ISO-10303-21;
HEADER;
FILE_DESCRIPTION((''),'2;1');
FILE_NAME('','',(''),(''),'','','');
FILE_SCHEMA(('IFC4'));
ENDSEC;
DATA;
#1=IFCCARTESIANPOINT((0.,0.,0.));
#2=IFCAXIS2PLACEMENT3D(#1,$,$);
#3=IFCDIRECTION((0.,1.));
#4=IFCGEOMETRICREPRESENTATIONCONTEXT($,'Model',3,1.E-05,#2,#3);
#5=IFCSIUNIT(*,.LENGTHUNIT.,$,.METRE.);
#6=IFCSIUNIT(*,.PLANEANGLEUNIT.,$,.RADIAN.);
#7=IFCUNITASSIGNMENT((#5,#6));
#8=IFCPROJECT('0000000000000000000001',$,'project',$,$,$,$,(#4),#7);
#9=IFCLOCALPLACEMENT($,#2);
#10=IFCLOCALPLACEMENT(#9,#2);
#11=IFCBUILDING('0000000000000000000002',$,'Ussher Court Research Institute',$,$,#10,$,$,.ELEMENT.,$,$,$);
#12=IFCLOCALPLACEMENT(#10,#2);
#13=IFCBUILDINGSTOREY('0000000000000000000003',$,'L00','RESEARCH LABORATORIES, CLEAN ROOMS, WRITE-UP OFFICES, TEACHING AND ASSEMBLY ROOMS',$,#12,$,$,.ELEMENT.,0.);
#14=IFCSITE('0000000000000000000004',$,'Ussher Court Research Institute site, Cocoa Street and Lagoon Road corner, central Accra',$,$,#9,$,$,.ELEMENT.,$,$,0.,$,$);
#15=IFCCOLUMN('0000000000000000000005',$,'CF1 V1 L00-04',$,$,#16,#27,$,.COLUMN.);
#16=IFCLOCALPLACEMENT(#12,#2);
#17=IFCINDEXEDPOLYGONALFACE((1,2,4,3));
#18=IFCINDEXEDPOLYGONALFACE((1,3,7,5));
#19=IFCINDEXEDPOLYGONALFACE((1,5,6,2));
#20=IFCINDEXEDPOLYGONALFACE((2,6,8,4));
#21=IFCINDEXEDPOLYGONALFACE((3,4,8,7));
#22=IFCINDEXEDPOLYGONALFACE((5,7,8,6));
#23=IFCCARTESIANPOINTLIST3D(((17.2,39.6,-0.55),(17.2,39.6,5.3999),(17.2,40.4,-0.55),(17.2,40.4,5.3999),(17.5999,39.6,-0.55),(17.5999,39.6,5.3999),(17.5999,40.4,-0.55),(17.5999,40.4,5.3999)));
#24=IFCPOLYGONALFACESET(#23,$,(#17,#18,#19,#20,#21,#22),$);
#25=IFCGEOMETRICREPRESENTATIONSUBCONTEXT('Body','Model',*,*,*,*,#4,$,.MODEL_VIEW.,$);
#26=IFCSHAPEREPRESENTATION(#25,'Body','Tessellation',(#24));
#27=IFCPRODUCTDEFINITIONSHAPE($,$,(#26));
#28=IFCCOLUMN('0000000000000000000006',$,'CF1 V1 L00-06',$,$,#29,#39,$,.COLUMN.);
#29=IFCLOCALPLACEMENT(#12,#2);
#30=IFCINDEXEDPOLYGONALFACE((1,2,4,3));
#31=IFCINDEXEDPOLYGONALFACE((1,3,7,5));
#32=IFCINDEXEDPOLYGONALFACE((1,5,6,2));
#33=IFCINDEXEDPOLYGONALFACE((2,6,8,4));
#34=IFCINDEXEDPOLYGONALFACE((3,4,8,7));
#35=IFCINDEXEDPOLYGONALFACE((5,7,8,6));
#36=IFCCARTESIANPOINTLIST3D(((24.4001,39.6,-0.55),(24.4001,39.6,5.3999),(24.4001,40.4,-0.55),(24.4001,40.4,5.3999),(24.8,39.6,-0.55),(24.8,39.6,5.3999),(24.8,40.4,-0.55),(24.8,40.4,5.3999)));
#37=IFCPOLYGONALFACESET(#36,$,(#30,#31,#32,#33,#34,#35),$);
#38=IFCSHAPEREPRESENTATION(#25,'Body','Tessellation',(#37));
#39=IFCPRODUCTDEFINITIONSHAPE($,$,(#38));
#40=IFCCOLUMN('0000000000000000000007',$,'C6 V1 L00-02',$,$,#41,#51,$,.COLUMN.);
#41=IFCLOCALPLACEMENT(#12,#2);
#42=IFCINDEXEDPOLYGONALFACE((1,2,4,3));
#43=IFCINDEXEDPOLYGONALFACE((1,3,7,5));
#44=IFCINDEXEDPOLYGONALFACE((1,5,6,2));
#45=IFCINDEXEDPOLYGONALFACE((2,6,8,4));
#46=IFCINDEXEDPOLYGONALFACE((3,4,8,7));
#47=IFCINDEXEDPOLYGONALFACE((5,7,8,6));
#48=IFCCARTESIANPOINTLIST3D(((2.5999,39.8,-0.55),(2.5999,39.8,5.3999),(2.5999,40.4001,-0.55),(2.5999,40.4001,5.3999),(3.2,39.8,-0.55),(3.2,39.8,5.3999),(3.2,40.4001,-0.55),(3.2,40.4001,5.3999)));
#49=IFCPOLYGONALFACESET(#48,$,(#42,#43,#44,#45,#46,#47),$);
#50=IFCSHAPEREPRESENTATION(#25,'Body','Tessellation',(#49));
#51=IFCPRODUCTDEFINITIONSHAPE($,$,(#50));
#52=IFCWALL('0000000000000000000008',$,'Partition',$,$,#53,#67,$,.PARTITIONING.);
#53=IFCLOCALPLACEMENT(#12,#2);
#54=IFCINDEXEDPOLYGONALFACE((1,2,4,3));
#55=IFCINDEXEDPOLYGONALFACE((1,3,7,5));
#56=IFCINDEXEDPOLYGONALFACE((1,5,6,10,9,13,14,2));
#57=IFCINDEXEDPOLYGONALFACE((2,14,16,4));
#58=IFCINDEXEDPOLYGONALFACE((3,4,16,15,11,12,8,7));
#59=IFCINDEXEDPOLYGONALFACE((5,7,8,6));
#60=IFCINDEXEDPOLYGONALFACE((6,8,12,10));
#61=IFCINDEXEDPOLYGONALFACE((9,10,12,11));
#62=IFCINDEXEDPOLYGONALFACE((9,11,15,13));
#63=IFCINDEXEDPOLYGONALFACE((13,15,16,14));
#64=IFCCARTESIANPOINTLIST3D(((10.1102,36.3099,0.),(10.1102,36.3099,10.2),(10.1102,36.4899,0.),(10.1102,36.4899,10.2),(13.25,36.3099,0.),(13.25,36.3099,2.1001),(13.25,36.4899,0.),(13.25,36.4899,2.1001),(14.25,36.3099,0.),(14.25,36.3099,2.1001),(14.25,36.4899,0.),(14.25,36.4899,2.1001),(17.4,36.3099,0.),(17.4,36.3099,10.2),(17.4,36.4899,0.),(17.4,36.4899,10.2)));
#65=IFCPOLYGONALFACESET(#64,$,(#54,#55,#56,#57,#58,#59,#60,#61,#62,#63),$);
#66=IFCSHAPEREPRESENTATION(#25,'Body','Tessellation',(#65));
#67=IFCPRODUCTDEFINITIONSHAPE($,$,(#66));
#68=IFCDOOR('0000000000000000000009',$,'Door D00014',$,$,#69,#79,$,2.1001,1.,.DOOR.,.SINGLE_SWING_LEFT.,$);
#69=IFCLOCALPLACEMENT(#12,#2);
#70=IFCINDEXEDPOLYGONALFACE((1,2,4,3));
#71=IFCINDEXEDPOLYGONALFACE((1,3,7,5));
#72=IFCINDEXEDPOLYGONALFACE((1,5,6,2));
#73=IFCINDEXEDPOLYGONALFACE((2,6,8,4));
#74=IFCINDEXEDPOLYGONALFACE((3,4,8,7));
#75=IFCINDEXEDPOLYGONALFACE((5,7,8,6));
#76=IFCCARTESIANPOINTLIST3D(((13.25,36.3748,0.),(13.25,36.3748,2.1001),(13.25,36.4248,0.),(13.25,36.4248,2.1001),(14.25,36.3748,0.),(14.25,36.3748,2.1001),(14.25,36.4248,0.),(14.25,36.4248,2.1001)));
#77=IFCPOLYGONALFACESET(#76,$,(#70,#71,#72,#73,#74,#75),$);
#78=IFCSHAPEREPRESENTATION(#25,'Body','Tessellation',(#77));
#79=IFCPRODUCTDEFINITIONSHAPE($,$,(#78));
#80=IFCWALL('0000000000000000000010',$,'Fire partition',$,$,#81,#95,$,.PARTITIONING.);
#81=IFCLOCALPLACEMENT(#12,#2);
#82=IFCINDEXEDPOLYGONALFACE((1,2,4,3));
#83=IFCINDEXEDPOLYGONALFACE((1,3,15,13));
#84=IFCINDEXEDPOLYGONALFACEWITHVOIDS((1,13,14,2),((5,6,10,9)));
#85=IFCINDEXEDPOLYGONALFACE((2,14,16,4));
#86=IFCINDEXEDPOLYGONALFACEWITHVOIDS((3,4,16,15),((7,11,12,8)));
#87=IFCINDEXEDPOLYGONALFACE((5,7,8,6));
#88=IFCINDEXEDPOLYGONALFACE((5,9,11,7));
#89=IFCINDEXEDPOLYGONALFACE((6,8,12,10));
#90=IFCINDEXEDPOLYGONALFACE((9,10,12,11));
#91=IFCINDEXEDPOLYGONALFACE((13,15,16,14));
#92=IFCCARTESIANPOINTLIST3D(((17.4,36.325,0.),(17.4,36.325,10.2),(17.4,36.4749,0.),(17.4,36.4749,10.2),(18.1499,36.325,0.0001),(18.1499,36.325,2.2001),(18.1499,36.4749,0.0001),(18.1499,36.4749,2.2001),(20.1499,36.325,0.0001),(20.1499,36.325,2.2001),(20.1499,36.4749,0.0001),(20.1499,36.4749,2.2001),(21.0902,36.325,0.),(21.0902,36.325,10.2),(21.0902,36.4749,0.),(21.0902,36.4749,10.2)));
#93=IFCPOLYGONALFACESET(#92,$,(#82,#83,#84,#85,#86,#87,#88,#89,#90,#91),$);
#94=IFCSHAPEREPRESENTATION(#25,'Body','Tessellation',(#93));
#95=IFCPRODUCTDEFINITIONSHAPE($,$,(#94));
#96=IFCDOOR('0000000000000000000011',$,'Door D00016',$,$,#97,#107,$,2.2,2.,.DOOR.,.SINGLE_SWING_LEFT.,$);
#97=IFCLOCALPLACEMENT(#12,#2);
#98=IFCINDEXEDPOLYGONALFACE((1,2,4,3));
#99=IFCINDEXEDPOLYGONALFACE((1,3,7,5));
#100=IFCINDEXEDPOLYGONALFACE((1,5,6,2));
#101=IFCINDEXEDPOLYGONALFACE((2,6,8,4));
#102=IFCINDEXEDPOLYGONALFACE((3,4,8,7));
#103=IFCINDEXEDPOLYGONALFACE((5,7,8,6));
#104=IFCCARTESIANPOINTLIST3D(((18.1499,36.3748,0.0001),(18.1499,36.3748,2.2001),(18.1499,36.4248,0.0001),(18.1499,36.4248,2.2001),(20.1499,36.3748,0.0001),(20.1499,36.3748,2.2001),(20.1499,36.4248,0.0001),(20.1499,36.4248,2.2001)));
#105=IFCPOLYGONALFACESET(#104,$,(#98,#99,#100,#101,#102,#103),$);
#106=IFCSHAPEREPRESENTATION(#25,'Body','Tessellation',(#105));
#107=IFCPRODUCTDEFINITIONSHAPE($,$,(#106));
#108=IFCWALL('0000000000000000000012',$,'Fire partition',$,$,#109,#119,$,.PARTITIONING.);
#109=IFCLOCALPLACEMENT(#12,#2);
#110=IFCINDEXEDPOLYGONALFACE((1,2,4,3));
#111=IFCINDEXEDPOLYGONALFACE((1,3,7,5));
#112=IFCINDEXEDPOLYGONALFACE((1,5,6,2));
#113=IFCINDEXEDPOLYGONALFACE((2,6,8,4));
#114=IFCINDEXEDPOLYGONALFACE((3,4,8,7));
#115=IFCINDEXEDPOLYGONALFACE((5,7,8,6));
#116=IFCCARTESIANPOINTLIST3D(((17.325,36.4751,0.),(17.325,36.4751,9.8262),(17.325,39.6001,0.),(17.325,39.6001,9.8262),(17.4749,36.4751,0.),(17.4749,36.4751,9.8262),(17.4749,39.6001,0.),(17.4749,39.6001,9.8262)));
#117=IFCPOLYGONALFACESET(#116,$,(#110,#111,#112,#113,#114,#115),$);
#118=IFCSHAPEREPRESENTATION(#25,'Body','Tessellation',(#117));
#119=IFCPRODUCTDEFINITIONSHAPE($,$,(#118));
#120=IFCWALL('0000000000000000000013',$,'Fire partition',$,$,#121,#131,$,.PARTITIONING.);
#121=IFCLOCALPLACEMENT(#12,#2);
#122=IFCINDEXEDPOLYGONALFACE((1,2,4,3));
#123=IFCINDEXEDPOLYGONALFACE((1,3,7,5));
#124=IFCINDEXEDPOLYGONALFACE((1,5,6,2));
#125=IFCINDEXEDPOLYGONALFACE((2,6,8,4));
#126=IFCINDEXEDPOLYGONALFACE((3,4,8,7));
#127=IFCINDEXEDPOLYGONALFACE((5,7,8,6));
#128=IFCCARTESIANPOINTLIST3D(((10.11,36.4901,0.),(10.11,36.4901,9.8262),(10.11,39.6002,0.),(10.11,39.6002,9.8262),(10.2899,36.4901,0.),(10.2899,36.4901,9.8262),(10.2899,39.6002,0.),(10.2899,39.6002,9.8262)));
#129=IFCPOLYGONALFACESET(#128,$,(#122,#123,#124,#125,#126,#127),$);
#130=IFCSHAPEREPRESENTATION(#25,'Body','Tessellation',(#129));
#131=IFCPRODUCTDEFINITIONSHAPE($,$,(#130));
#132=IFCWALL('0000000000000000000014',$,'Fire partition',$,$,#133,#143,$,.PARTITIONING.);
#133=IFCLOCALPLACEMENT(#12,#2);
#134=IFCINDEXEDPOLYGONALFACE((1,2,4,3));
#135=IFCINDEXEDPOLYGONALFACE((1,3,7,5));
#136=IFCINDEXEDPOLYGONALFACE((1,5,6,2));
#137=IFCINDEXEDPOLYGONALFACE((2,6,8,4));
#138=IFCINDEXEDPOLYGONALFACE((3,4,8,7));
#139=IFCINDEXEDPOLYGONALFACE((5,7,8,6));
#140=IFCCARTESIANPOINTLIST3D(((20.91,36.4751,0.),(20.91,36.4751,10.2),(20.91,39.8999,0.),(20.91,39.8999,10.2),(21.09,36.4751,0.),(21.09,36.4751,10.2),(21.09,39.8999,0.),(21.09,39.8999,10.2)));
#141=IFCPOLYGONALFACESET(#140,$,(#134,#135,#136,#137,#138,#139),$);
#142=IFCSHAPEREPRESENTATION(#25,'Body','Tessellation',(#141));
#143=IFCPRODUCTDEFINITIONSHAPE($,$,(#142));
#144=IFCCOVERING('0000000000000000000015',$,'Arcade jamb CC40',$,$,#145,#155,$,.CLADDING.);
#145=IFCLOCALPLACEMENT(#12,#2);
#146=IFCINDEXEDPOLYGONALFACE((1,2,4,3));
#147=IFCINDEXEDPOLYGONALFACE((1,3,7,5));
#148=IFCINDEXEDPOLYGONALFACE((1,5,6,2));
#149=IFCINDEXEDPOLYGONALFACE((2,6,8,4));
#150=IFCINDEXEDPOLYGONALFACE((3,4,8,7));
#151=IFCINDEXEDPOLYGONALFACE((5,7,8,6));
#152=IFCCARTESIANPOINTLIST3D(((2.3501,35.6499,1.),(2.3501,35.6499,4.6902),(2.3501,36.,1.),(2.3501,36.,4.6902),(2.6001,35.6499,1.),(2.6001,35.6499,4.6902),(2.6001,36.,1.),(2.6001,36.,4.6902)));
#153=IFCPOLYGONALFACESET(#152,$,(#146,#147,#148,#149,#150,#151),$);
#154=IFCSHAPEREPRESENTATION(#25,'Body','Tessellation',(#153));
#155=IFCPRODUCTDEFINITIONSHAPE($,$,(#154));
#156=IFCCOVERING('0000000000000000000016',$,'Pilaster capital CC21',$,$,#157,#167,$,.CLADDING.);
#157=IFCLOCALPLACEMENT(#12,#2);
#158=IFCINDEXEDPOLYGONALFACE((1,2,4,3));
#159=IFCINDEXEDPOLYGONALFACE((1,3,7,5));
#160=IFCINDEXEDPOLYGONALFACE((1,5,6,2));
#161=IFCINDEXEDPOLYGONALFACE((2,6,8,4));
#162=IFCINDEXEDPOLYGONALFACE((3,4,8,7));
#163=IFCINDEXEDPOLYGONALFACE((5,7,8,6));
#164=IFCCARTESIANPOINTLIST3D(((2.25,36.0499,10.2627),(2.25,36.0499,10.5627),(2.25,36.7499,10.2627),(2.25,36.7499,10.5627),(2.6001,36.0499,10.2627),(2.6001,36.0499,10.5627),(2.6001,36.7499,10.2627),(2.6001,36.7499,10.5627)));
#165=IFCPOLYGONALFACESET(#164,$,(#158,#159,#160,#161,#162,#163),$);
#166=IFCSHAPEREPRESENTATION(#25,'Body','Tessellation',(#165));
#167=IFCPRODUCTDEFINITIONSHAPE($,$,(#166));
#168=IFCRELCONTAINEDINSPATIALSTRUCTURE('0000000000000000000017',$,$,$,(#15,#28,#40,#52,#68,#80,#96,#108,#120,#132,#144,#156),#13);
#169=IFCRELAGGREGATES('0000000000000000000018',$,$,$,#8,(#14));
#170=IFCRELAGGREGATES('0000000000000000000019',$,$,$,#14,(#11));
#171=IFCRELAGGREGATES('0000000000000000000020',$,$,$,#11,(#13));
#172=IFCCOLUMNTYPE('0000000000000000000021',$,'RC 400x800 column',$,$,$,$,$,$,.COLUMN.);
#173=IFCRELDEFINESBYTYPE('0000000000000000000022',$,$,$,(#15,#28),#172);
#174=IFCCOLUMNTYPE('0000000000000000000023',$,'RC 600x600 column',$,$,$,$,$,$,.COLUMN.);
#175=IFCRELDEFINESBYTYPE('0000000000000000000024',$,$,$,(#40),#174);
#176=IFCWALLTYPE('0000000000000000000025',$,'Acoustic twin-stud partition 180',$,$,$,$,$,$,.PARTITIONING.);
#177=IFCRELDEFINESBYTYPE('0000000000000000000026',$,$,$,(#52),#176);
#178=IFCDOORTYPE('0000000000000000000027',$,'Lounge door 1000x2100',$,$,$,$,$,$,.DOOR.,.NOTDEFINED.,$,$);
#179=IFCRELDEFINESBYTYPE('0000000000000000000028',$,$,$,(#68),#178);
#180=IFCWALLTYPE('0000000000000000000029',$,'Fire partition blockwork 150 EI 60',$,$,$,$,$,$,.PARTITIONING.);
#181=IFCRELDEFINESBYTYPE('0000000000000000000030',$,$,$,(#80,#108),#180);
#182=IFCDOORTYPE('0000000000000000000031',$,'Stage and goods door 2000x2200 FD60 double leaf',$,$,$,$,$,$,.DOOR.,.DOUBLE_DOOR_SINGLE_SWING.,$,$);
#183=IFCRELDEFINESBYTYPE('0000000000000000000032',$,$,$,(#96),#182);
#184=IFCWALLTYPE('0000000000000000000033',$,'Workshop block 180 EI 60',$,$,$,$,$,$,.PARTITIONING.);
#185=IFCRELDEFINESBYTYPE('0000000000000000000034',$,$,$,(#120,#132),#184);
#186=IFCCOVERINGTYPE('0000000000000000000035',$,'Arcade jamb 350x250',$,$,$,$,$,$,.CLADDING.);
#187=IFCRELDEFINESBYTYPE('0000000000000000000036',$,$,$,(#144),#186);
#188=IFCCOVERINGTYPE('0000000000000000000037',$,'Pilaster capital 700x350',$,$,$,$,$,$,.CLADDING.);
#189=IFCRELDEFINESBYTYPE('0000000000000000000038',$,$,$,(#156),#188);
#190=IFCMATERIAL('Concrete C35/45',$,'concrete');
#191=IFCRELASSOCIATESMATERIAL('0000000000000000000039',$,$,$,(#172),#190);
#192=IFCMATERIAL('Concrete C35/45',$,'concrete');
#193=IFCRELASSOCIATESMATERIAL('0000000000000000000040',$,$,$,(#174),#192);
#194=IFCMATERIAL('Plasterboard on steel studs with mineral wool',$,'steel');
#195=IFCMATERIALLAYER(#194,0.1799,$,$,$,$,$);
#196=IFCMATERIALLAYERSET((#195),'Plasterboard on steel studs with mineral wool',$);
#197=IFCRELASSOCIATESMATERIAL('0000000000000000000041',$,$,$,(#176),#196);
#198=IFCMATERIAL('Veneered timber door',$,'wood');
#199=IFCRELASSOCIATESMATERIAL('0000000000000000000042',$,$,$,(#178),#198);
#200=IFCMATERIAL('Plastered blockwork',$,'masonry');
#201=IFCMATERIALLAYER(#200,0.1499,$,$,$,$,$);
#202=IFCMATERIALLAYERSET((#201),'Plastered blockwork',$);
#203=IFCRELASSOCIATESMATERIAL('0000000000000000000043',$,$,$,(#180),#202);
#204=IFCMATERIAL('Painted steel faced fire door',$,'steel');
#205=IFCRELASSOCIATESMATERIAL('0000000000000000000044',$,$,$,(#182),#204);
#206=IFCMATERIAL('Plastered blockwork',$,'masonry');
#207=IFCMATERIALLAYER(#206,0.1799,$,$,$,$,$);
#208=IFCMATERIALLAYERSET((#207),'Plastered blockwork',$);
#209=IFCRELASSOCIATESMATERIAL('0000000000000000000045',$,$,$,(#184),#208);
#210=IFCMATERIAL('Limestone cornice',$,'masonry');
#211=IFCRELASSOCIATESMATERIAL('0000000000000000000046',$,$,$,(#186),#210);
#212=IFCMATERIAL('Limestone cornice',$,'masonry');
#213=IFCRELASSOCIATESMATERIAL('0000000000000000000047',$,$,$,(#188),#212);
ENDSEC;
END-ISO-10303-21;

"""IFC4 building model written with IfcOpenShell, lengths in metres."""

from ifc_helpers import new_model, si_unit, direction, frame, frame_2d, origin, origin_2d, place, context, subcontext, project, spatial, rectangle, extrude, material, layer, layer_set, material_profile, profile_set, type_object, element, fill, save


model = new_model("IFC4")

# Units and contexts
model_context = context("Model", 3, precision=1e-05, world=origin(), true_north=direction((0.0, 1.0)))
body_context = subcontext(model_context, "Body", "Model", "MODEL_VIEW")
ifc_project = project(units=[si_unit("LENGTHUNIT", "METRE"), si_unit("PLANEANGLEUNIT", "RADIAN")], contexts=[model_context])

# Site, building, storey
site_placement = place(None, origin())
site = spatial("IfcSite", under=ifc_project, at=site_placement, Name="Ussher Court Research Institute site, Cocoa Street and Lagoon Road corner, central Accra", CompositionType="ELEMENT", RefElevation=0.0)
building_placement = place(site_placement, origin())
building = spatial("IfcBuilding", under=site, at=building_placement, Name="Ussher Court Research Institute", CompositionType="ELEMENT")
storey_placement = place(building_placement, origin())
storey = spatial("IfcBuildingStorey", under=building, at=storey_placement, Name="L00", Description="RESEARCH LABORATORIES, CLEAN ROOMS, WRITE-UP OFFICES, TEACHING AND ASSEMBLY ROOMS", CompositionType="ELEMENT", Elevation=0.0)

# Columns
ifc_material_1 = material(Name="Concrete C35/45", Category="concrete")
ifc_material_profile_1 = material_profile(ifc_material_1, rectangle(XDim=0.3999, YDim=0.8, at=origin_2d()), Name="RC 400x800")
ifc_profile_set_1 = profile_set([ifc_material_profile_1], Name="Concrete C35/45")
column_type_1 = type_object("IfcColumnType", Name="RC 400x800 column", PredefinedType="COLUMN", material=ifc_profile_set_1)
for number, where, z_axis, x_axis, name in (
    (1, (17.3999, 40.0, -0.55), (0.0, 0.0, 1.0), (1.0, 0.0, 0.0), "CF1 V1 L00-04"),
    (2, (24.6001, 40.0, -0.55), (0.0, 0.0, 1.0), (1.0, 0.0, 0.0), "CF1 V1 L00-06"),
):
    element("IfcColumn", number, at=place(storey_placement, frame(where, z_axis=z_axis, x_axis=x_axis)), inside=storey, type_object=column_type_1, Name=name, PredefinedType="COLUMN", context=body_context, shape_type="SweptSolid", body=[
        extrude(rectangle(XDim=0.3999, YDim=0.8, at=origin_2d()), origin(), (0.0, 0.0, 1.0), 5.95),
    ])
ifc_material_2 = material(Name="Concrete C35/45", Category="concrete")
ifc_material_profile_2 = material_profile(ifc_material_2, rectangle(XDim=0.6001, YDim=0.6001, at=origin_2d()), Name="RC 600x600")
ifc_profile_set_2 = profile_set([ifc_material_profile_2], Name="Concrete C35/45")
column_type_2 = type_object("IfcColumnType", Name="RC 600x600 column", PredefinedType="COLUMN", material=ifc_profile_set_2)
column_placement = place(storey_placement, frame((2.8999, 40.1001, -0.55), z_axis=(0.0, 0.0, 1.0), x_axis=(1.0, 0.0, 0.0)))
element("IfcColumn", 3, at=column_placement, inside=storey, type_object=column_type_2, Name="C6 V1 L00-02", PredefinedType="COLUMN", context=body_context, shape_type="SweptSolid", body=[
    extrude(rectangle(XDim=0.6001, YDim=0.6001, at=origin_2d()), origin(), (0.0, 0.0, 1.0), 5.95),
])

# Walls, openings, doors
ifc_material_3 = material(Name="Plasterboard on steel studs with mineral wool", Category="steel")
ifc_layer_1 = layer(ifc_material_3, 0.1799)
ifc_layer_set_1 = layer_set([ifc_layer_1], Name="Plasterboard on steel studs with mineral wool")
wall_type_1 = type_object("IfcWallType", Name="Acoustic twin-stud partition 180", PredefinedType="PARTITIONING", material=ifc_layer_set_1)
wall_1_placement = place(storey_placement, frame((10.1101, 36.3999, 0.0), z_axis=(0.0, 0.0, 1.0), x_axis=(1.0, 0.0, 0.0)))
wall_1 = element("IfcWall", 4, at=wall_1_placement, inside=storey, type_object=wall_type_1, Name="Partition", PredefinedType="PARTITIONING", context=body_context, shape_type="SweptSolid", body=[
    extrude(rectangle(XDim=7.2898, YDim=0.1799, at=frame_2d((3.645, 0.0))), origin(), (0.0, 0.0, 1.0), 10.2),
])
opening_1_placement = place(wall_1_placement, frame((3.1399, 0.0, 0.0)))
opening_1 = element("IfcOpeningElement", 5, at=opening_1_placement, cuts=wall_1, PredefinedType="OPENING", context=body_context, shape_type="SweptSolid", body=[
    extrude(rectangle(XDim=1.0, YDim=2.1001, at=frame_2d((0.5, 1.05))), frame((0.0, 0.1001, 0.0), z_axis=(0.0, -1.0, 0.0), x_axis=(1.0, 0.0, 0.0)), (0.0, 0.0, 1.0), 0.2),
])
ifc_material_4 = material(Name="Veneered timber door", Category="wood")
door_type_1 = type_object("IfcDoorType", Name="Lounge door 1000x2100", OperationType="NOTDEFINED", PredefinedType="DOOR", material=ifc_material_4)
door_1_placement = place(opening_1_placement, origin())
door_1 = element("IfcDoor", 6, at=door_1_placement, inside=storey, type_object=door_type_1, Name="Door D00014", OperationType="SINGLE_SWING_LEFT", OverallHeight=2.1001, OverallWidth=1.0, PredefinedType="DOOR", context=body_context, shape_type="SweptSolid", body=[
    extrude(rectangle(XDim=1.0, YDim=2.1001, at=frame_2d((0.5, 1.05))), frame((0.0, 0.0249, 0.0), z_axis=(0.0, -1.0, 0.0), x_axis=(1.0, 0.0, 0.0)), (0.0, 0.0, 1.0), 0.05),
])
fill(opening_1, door_1)
ifc_material_5 = material(Name="Plastered blockwork", Category="masonry")
ifc_layer_2 = layer(ifc_material_5, 0.1499)
ifc_layer_set_2 = layer_set([ifc_layer_2], Name="Plastered blockwork")
wall_type_2 = type_object("IfcWallType", Name="Fire partition blockwork 150 EI 60", PredefinedType="PARTITIONING", material=ifc_layer_set_2)
wall_2_placement = place(storey_placement, frame((17.3999, 36.3999, 0.0), z_axis=(0.0, 0.0, 1.0), x_axis=(1.0, 0.0, 0.0)))
wall_2 = element("IfcWall", 7, at=wall_2_placement, inside=storey, type_object=wall_type_2, Name="Fire partition", PredefinedType="PARTITIONING", context=body_context, shape_type="SweptSolid", body=[
    extrude(rectangle(XDim=3.6902, YDim=0.1499, at=frame_2d((1.8452, 0.0))), origin(), (0.0, 0.0, 1.0), 10.2),
])
opening_2_placement = place(wall_2_placement, frame((0.75, 0.0, 0.0)))
opening_2 = element("IfcOpeningElement", 8, at=opening_2_placement, cuts=wall_2, PredefinedType="OPENING", context=body_context, shape_type="SweptSolid", body=[
    extrude(rectangle(XDim=2.0, YDim=2.2, at=frame_2d((1.0, 1.1001))), frame((0.0, 0.085, 0.0), z_axis=(0.0, -1.0, 0.0), x_axis=(1.0, 0.0, 0.0)), (0.0, 0.0, 1.0), 0.1699),
])
ifc_material_6 = material(Name="Painted steel faced fire door", Category="steel")
door_type_2 = type_object("IfcDoorType", Name="Stage and goods door 2000x2200 FD60 double leaf", OperationType="DOUBLE_DOOR_SINGLE_SWING", PredefinedType="DOOR", material=ifc_material_6)
door_2_placement = place(opening_2_placement, origin())
door_2 = element("IfcDoor", 9, at=door_2_placement, inside=storey, type_object=door_type_2, Name="Door D00016", OperationType="SINGLE_SWING_LEFT", OverallHeight=2.2, OverallWidth=2.0, PredefinedType="DOOR", context=body_context, shape_type="SweptSolid", body=[
    extrude(rectangle(XDim=2.0, YDim=2.2, at=frame_2d((1.0, 1.1001))), frame((0.0, 0.0249, 0.0), z_axis=(0.0, -1.0, 0.0), x_axis=(1.0, 0.0, 0.0)), (0.0, 0.0, 1.0), 0.05),
])
fill(opening_2, door_2)

# Walls
wall_3_placement = place(storey_placement, frame((17.3999, 36.4751, 0.0), z_axis=(0.0, 0.0, 1.0), x_axis=(0.0, 1.0, 0.0)))
element("IfcWall", 10, at=wall_3_placement, inside=storey, type_object=wall_type_2, Name="Fire partition", PredefinedType="PARTITIONING", context=body_context, shape_type="SweptSolid", body=[
    extrude(rectangle(XDim=3.125, YDim=0.1499, at=frame_2d((1.5625, 0.0))), origin(), (0.0, 0.0, 1.0), 9.8262),
])
ifc_material_7 = material(Name="Plastered blockwork", Category="masonry")
ifc_layer_3 = layer(ifc_material_7, 0.1799)
ifc_layer_set_3 = layer_set([ifc_layer_3], Name="Plastered blockwork")
wall_type_3 = type_object("IfcWallType", Name="Workshop block 180 EI 60", PredefinedType="PARTITIONING", material=ifc_layer_set_3)
wall_4_placement = place(storey_placement, frame((10.2, 36.49, 0.0), z_axis=(0.0, 0.0, 1.0), x_axis=(0.0, 1.0, 0.0)))
element("IfcWall", 11, at=wall_4_placement, inside=storey, type_object=wall_type_3, Name="Fire partition", PredefinedType="PARTITIONING", context=body_context, shape_type="SweptSolid", body=[
    extrude(rectangle(XDim=3.1101, YDim=0.1799, at=frame_2d((1.5552, 0.0))), origin(), (0.0, 0.0, 1.0), 9.8262),
])
wall_5_placement = place(storey_placement, frame((21.0, 36.4751, 0.0), z_axis=(0.0, 0.0, 1.0), x_axis=(0.0, 1.0, 0.0)))
element("IfcWall", 12, at=wall_5_placement, inside=storey, type_object=wall_type_3, Name="Fire partition", PredefinedType="PARTITIONING", context=body_context, shape_type="SweptSolid", body=[
    extrude(rectangle(XDim=3.4248, YDim=0.1799, at=frame_2d((1.7124, 0.0))), origin(), (0.0, 0.0, 1.0), 10.2),
])

# Coverings
ifc_material_8 = material(Name="Limestone cornice", Category="masonry")
covering_type_1 = type_object("IfcCoveringType", Name="Arcade jamb 350x250", PredefinedType="CLADDING", material=ifc_material_8)
covering_1_placement = place(storey_placement, frame((2.4751, 35.825, 1.0), z_axis=(0.0, 0.0, 1.0), x_axis=(1.0, 0.0, 0.0)))
element("IfcCovering", 13, at=covering_1_placement, inside=storey, type_object=covering_type_1, Name="Arcade jamb CC40", PredefinedType="CLADDING", context=body_context, shape_type="SweptSolid", body=[
    extrude(rectangle(XDim=0.25, YDim=0.3501, at=origin_2d()), origin(), (0.0, 0.0, 1.0), 3.6902),
])
ifc_material_9 = material(Name="Limestone cornice", Category="masonry")
covering_type_2 = type_object("IfcCoveringType", Name="Pilaster capital 700x350", PredefinedType="CLADDING", material=ifc_material_9)
covering_2_placement = place(storey_placement, frame((2.425, 36.3999, 10.2627), z_axis=(0.0, 0.0, 1.0), x_axis=(1.0, 0.0, 0.0)))
element("IfcCovering", 14, at=covering_2_placement, inside=storey, type_object=covering_type_2, Name="Pilaster capital CC21", PredefinedType="CLADDING", context=body_context, shape_type="SweptSolid", body=[
    extrude(rectangle(XDim=0.3501, YDim=0.7, at=origin_2d()), origin(), (0.0, 0.0, 1.0), 0.3),
])

save(model, "model.ifc")
